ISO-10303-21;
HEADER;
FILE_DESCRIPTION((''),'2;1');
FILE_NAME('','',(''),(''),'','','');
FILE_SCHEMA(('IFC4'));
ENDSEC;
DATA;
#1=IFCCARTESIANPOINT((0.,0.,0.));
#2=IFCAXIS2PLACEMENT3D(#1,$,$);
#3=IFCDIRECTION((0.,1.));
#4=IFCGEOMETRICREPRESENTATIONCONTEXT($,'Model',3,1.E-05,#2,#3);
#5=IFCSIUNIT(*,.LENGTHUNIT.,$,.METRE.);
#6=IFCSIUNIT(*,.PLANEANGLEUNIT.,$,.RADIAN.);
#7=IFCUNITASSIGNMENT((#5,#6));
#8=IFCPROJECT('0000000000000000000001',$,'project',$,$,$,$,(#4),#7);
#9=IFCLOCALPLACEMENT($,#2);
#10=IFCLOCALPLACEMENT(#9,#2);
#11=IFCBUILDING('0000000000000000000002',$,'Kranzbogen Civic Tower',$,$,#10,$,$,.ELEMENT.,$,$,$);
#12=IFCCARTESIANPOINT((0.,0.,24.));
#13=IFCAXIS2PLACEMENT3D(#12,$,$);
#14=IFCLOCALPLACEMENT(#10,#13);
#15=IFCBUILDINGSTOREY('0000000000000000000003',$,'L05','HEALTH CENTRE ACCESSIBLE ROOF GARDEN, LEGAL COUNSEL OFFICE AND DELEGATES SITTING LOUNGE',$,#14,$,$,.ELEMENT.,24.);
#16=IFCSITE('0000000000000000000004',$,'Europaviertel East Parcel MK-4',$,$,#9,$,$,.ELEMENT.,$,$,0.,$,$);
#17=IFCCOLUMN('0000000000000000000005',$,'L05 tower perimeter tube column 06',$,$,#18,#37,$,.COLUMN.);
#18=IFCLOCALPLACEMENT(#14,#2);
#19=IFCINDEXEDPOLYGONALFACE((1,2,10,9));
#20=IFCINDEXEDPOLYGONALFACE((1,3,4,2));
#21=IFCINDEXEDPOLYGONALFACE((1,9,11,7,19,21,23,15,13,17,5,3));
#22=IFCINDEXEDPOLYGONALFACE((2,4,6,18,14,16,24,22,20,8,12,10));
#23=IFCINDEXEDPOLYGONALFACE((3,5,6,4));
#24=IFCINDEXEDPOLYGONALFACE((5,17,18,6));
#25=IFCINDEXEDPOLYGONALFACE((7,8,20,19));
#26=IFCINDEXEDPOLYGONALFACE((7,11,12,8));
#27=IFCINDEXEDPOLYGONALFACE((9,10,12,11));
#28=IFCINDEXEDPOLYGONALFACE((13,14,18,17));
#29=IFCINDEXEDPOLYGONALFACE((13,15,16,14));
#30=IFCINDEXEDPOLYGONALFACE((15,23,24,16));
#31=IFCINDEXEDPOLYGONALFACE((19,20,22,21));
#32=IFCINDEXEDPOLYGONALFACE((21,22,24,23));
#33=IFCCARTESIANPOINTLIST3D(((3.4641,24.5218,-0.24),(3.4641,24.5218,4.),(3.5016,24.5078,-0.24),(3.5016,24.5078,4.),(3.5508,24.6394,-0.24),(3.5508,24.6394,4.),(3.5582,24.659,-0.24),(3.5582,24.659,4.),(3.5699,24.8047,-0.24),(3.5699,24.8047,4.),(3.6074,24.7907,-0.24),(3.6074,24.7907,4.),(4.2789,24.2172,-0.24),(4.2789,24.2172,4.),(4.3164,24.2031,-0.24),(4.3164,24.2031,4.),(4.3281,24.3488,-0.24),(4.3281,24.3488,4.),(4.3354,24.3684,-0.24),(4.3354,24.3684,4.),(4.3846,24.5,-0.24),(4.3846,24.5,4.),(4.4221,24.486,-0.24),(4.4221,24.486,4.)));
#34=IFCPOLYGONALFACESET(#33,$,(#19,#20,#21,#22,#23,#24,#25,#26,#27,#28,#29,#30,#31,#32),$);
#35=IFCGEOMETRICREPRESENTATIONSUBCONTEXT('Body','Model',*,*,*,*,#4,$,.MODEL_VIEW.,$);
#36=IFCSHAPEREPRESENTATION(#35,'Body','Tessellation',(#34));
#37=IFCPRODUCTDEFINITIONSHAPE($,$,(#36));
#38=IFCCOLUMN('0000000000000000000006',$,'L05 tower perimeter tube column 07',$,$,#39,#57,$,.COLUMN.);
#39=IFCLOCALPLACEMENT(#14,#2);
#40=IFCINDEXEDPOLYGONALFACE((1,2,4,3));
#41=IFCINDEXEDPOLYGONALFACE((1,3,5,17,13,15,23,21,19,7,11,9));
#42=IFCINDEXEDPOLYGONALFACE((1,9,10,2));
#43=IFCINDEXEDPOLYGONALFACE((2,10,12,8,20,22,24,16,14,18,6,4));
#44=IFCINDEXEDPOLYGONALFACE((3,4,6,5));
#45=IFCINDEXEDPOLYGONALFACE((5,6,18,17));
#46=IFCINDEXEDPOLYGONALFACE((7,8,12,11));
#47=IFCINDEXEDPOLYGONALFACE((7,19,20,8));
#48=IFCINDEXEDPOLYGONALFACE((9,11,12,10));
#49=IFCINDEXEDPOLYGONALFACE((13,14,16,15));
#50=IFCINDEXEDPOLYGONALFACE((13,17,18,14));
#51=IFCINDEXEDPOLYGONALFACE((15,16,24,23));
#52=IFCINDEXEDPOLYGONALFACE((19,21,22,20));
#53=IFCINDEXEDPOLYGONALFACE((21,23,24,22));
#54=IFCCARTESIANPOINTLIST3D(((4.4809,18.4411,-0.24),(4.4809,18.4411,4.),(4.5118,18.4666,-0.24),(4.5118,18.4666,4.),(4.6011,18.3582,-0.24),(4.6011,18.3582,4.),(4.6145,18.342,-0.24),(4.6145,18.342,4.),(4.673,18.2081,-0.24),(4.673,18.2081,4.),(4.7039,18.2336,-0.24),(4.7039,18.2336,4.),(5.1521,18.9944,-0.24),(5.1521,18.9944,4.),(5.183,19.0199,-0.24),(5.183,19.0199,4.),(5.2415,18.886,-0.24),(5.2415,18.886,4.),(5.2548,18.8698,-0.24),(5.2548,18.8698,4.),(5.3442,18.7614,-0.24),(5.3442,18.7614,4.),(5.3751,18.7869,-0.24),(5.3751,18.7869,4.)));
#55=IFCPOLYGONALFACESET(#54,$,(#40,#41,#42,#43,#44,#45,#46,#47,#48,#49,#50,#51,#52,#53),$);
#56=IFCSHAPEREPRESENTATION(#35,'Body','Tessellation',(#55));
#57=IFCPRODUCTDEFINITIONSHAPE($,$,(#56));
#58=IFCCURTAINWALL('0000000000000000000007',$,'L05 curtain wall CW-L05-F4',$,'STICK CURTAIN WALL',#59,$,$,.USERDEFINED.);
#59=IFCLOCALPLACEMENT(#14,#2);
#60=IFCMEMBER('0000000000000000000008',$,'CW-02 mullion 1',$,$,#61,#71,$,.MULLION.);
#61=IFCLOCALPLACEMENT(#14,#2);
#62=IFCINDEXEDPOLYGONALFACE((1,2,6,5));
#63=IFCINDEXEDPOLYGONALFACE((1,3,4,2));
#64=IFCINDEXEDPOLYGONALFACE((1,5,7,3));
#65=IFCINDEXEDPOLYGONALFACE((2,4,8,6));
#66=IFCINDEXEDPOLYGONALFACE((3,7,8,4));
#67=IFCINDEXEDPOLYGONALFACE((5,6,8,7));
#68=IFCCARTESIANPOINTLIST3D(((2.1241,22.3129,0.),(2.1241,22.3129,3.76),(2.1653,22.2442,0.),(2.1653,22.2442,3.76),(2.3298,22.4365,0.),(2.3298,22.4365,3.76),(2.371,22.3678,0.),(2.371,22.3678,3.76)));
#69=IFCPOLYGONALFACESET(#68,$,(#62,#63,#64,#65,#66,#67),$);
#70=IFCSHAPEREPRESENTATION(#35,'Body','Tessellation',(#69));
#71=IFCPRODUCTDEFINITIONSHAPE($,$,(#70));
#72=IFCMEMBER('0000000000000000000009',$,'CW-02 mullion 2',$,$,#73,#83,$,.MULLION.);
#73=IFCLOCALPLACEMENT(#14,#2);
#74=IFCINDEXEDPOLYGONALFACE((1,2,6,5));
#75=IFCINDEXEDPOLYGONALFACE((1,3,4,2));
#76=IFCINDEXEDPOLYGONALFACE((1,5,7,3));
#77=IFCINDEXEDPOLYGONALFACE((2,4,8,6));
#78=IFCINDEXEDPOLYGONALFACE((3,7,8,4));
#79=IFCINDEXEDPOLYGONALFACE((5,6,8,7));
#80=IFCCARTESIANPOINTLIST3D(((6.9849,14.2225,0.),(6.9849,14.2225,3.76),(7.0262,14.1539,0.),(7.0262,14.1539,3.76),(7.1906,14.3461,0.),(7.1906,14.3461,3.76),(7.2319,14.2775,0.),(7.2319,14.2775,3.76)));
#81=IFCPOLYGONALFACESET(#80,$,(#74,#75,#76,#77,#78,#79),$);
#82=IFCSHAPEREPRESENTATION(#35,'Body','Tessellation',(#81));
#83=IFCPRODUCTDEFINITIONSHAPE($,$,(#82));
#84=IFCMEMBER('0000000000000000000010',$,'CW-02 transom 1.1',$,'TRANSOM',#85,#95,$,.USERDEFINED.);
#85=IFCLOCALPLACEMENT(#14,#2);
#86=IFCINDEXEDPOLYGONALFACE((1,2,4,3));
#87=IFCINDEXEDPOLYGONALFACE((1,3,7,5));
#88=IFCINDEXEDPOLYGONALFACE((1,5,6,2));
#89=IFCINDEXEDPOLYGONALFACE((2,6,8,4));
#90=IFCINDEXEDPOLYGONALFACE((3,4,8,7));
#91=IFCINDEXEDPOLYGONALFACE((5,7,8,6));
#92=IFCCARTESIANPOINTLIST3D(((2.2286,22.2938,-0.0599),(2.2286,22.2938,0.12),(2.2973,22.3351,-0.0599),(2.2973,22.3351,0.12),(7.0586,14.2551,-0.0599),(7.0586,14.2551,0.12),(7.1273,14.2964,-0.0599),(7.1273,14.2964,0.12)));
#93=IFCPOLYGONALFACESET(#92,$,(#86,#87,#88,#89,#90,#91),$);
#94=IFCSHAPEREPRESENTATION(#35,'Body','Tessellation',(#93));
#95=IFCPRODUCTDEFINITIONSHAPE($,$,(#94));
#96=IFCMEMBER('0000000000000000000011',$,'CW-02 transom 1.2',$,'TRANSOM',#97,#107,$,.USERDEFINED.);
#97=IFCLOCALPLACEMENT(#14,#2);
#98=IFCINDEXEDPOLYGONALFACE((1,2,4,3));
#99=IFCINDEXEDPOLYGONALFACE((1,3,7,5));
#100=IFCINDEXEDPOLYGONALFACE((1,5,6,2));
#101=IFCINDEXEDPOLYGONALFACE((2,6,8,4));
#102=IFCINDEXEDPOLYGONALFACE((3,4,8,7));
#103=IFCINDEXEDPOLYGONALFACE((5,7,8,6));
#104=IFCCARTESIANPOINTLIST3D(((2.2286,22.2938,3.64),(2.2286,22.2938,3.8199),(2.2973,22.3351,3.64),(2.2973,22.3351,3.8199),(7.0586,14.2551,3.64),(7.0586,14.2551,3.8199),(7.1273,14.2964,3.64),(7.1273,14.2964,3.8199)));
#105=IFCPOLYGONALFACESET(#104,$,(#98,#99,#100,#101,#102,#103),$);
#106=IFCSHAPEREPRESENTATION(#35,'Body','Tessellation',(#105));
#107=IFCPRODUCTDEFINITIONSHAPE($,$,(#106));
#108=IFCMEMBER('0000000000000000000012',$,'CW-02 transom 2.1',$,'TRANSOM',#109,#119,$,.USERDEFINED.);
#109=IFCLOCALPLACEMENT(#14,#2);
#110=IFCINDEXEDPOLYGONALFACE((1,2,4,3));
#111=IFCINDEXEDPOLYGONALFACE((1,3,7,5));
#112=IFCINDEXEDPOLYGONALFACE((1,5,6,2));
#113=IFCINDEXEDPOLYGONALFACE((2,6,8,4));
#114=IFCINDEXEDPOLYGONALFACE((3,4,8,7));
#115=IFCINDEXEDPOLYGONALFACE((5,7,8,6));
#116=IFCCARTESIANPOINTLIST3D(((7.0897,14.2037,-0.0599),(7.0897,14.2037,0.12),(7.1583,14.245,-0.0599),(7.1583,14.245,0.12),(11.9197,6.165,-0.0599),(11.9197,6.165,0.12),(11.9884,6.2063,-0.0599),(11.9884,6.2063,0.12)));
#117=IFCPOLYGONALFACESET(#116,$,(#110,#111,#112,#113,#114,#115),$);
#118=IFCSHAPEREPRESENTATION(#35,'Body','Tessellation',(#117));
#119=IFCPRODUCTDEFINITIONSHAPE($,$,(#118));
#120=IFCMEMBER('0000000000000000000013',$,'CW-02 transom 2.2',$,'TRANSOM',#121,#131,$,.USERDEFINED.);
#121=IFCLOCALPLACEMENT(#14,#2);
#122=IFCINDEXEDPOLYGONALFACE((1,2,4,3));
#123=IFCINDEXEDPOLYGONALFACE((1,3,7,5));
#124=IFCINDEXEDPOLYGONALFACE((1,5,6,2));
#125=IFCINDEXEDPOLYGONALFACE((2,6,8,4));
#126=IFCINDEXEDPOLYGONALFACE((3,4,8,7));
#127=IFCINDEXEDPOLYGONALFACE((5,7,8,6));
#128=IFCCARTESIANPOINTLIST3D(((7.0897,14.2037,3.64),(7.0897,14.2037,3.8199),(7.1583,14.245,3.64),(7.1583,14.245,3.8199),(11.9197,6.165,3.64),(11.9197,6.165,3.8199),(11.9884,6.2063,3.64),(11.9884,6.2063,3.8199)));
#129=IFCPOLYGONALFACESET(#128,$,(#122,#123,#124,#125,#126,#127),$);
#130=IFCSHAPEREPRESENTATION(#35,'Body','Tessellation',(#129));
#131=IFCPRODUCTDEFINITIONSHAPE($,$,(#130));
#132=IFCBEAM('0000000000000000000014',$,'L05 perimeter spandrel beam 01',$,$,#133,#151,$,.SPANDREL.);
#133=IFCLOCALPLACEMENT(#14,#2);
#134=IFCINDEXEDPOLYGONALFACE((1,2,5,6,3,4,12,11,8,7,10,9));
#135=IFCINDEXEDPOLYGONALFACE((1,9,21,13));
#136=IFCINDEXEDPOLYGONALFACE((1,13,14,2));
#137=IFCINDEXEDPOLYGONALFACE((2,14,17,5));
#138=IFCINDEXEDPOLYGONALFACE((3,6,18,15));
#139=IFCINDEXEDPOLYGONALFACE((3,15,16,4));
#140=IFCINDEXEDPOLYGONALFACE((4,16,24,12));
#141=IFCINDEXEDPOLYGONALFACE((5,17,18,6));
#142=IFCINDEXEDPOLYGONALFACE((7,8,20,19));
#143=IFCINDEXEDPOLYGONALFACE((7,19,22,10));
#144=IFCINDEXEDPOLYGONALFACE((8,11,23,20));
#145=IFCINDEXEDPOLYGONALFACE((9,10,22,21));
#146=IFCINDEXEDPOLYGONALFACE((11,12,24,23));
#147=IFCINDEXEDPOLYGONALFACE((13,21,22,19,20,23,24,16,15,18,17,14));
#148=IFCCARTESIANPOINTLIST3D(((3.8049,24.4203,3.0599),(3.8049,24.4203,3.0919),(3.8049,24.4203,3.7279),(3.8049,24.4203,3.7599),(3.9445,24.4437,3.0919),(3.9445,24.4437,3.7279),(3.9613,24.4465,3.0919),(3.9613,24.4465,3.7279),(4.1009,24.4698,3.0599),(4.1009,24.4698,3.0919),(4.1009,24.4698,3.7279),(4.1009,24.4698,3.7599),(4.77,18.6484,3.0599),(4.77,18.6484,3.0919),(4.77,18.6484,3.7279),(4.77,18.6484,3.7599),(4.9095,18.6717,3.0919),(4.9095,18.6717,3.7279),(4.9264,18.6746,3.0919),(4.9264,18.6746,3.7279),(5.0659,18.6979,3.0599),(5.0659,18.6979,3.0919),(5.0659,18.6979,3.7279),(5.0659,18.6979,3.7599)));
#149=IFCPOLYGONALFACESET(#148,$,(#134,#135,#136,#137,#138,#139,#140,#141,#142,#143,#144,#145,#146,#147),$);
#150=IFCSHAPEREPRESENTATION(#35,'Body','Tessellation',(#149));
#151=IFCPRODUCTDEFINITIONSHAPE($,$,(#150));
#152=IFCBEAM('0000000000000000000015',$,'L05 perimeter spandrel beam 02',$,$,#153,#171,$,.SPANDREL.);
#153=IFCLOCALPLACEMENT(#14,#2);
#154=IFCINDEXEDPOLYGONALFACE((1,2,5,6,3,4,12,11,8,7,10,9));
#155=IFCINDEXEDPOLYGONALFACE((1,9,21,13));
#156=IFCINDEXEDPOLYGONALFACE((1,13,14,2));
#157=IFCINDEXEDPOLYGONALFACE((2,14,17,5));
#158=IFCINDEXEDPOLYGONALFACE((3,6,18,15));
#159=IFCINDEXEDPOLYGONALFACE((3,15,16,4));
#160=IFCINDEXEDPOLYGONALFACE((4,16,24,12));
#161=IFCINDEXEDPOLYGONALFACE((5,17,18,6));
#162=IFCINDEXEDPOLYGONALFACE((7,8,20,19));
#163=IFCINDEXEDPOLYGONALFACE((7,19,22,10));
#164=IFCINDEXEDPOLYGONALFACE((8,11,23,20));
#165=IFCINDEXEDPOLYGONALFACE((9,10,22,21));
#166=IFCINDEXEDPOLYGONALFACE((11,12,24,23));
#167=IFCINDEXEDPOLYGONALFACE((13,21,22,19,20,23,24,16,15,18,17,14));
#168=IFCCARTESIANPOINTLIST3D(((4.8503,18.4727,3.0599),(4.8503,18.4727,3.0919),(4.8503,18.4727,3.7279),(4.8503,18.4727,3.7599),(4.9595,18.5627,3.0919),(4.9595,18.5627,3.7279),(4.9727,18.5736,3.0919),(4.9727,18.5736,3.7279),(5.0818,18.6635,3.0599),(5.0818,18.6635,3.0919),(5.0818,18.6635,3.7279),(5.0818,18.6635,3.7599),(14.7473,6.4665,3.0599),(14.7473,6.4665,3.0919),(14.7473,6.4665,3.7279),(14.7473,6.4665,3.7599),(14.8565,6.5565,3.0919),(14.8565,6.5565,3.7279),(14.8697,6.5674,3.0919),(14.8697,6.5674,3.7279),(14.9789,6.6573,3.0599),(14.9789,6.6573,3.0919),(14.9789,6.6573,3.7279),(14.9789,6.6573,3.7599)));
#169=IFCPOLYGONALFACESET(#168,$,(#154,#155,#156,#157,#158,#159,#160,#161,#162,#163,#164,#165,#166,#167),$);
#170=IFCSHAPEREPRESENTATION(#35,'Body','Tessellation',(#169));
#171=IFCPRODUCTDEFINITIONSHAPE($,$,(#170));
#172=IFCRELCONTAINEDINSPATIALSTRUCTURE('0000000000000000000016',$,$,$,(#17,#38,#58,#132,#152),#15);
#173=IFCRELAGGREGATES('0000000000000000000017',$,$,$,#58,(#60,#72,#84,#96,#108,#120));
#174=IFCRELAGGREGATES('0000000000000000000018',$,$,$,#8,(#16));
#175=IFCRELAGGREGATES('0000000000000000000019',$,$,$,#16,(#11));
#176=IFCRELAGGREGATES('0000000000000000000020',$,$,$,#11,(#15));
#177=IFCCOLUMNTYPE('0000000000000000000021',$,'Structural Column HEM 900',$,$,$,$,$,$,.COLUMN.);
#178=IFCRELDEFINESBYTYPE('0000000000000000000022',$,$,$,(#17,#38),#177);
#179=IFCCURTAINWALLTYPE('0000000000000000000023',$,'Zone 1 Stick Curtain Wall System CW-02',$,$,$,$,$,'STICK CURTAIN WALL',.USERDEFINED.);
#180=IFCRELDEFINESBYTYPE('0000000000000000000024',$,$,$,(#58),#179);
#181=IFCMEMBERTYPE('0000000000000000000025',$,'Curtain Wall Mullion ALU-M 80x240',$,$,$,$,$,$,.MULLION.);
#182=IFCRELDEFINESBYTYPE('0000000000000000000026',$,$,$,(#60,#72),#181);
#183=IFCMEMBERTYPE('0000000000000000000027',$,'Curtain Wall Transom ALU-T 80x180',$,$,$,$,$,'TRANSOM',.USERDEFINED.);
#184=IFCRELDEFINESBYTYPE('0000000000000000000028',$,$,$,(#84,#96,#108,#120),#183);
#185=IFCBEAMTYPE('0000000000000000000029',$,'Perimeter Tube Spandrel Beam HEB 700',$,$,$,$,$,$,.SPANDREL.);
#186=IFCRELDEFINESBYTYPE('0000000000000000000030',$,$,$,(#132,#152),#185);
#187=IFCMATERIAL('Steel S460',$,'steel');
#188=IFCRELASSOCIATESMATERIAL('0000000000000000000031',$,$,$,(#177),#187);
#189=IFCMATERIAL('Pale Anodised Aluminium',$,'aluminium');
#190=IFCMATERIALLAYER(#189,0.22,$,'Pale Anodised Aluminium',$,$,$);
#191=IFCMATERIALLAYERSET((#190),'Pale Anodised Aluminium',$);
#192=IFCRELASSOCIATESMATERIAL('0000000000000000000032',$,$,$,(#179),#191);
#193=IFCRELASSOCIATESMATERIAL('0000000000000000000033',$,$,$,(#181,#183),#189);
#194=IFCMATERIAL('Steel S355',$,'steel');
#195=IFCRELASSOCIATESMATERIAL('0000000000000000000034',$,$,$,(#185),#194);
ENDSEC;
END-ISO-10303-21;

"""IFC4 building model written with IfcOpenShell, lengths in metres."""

from ifc_helpers import new_model, si_unit, direction, frame, origin, origin_2d, place, context, subcontext, project, spatial, rectangle, i_section, extrude, material, layer, layer_set, material_profile, profile_set, type_object, element, aggregate, save


model = new_model("IFC4")

# Units and contexts
model_context = context("Model", 3, precision=1e-05, world=origin(), true_north=direction((0.0, 1.0)))
body_context = subcontext(model_context, "Body", "Model", "MODEL_VIEW")
ifc_project = project(units=[si_unit("LENGTHUNIT", "METRE"), si_unit("PLANEANGLEUNIT", "RADIAN")], contexts=[model_context])

# Site, building, storey
site_placement = place(None, origin())
site = spatial("IfcSite", under=ifc_project, at=site_placement, Name="Europaviertel East Parcel MK-4", CompositionType="ELEMENT", RefElevation=0.0)
building_placement = place(site_placement, origin())
building = spatial("IfcBuilding", under=site, at=building_placement, Name="Kranzbogen Civic Tower", CompositionType="ELEMENT")
storey_placement = place(building_placement, frame((0.0, 0.0, 24.0)))
storey = spatial("IfcBuildingStorey", under=building, at=storey_placement, Name="L05", Description="HEALTH CENTRE ACCESSIBLE ROOF GARDEN, LEGAL COUNSEL OFFICE AND DELEGATES SITTING LOUNGE", CompositionType="ELEMENT", Elevation=24.0)

# Columns
ifc_material_1 = material(Name="Steel S460", Category="steel")
ifc_material_profile_1 = material_profile(ifc_material_1, i_section(OverallWidth=0.302, OverallDepth=0.9099, WebThickness=0.021, FlangeThickness=0.04, at=origin_2d()), Name="HEM 900")
ifc_profile_set_1 = profile_set([ifc_material_profile_1], Name="Steel S460")
column_type = type_object("IfcColumnType", Name="Structural Column HEM 900", PredefinedType="COLUMN", material=ifc_profile_set_1)
for number, where, z_axis, x_axis, name in (
    (1, (3.9431, 24.5039, -0.24), (0.0, 0.0, 1.0), (0.350207, 0.936672, 0.0), "L05 tower perimeter tube column 06"),
    (2, (4.928, 18.614, -0.24), (0.0, 0.0, 1.0), (-0.636078, 0.771625, 0.0), "L05 tower perimeter tube column 07"),
):
    element("IfcColumn", number, at=place(storey_placement, frame(where, z_axis=z_axis, x_axis=x_axis)), inside=storey, type_object=column_type, Name=name, PredefinedType="COLUMN", context=body_context, shape_type="SweptSolid", body=[
        extrude(i_section(OverallWidth=0.302, OverallDepth=0.9099, WebThickness=0.021, FlangeThickness=0.04, at=origin_2d()), origin(), (0.0, 0.0, 1.0), 4.24),
    ])

# Curtain wall, members
ifc_material_2 = material(Name="Pale Anodised Aluminium", Category="aluminium")
ifc_layer_1 = layer(ifc_material_2, 0.22, Name="Pale Anodised Aluminium")
ifc_layer_set_1 = layer_set([ifc_layer_1], Name="Pale Anodised Aluminium")
curtain_wall_type = type_object("IfcCurtainWallType", Name="Zone 1 Stick Curtain Wall System CW-02", ElementType="STICK CURTAIN WALL", PredefinedType="USERDEFINED", material=ifc_layer_set_1)
curtain_wall_placement = place(storey_placement, origin())
curtain_wall = element("IfcCurtainWall", 3, at=curtain_wall_placement, inside=storey, type_object=curtain_wall_type, Name="L05 curtain wall CW-L05-F4", ObjectType="STICK CURTAIN WALL", PredefinedType="USERDEFINED")
ifc_material_profile_2 = material_profile(ifc_material_2, rectangle(XDim=0.0801, YDim=0.24, at=origin_2d()), Name="ALU-M 80x240")
ifc_profile_set_2 = profile_set([ifc_material_profile_2], Name="Pale Anodised Aluminium")
member_type_1 = type_object("IfcMemberType", Name="Curtain Wall Mullion ALU-M 80x240", PredefinedType="MULLION", material=ifc_profile_set_2)
member_1_placement = place(storey_placement, frame((2.2476, 22.3403, 0.0), z_axis=(0.0, 0.0, 1.0), x_axis=(0.515031, -0.857171, 0.0)))
member_1 = element("IfcMember", 4, at=member_1_placement, type_object=member_type_1, Name="CW-02 mullion 1", PredefinedType="MULLION", context=body_context, shape_type="SweptSolid", body=[
    extrude(rectangle(XDim=0.0801, YDim=0.24, at=origin_2d()), origin(), (0.0, 0.0, 1.0), 3.76),
])
member_2_placement = place(storey_placement, frame((7.1084, 14.25, 0.0), z_axis=(0.0, 0.0, 1.0), x_axis=(0.515031, -0.857171, 0.0)))
member_2 = element("IfcMember", 5, at=member_2_placement, type_object=member_type_1, Name="CW-02 mullion 2", PredefinedType="MULLION", context=body_context, shape_type="SweptSolid", body=[
    extrude(rectangle(XDim=0.0801, YDim=0.24, at=origin_2d()), origin(), (0.0, 0.0, 1.0), 3.76),
])
ifc_material_profile_3 = material_profile(ifc_material_2, rectangle(XDim=0.0801, YDim=0.1799, at=origin_2d()), Name="ALU-T 80x180")
ifc_profile_set_3 = profile_set([ifc_material_profile_3], Name="Pale Anodised Aluminium")
member_type_2 = type_object("IfcMemberType", Name="Curtain Wall Transom ALU-T 80x180", ElementType="TRANSOM", PredefinedType="USERDEFINED", material=ifc_profile_set_3)
member_3_placement = place(storey_placement, frame((2.2629, 22.3145, 0.03), z_axis=(0.515028, -0.857173, 0.0), x_axis=(0.857173, 0.515028, 0.0)))
member_3 = element("IfcMember", 6, at=member_3_placement, type_object=member_type_2, Name="CW-02 transom 1.1", ObjectType="TRANSOM", PredefinedType="USERDEFINED", context=body_context, shape_type="SweptSolid", body=[
    extrude(rectangle(XDim=0.0801, YDim=0.1799, at=origin_2d()), origin(), (0.0, 0.0, 1.0), 9.3782),
])
member_4_placement = place(storey_placement, frame((2.2629, 22.3145, 3.73), z_axis=(0.515028, -0.857173, 0.0), x_axis=(0.857173, 0.515028, 0.0)))
member_4 = element("IfcMember", 7, at=member_4_placement, type_object=member_type_2, Name="CW-02 transom 1.2", ObjectType="TRANSOM", PredefinedType="USERDEFINED", context=body_context, shape_type="SweptSolid", body=[
    extrude(rectangle(XDim=0.0801, YDim=0.1799, at=origin_2d()), origin(), (0.0, 0.0, 1.0), 9.3782),
])
member_5_placement = place(storey_placement, frame((7.124, 14.2244, 0.03), z_axis=(0.515028, -0.857173, 0.0), x_axis=(0.857173, 0.515028, 0.0)))
member_5 = element("IfcMember", 8, at=member_5_placement, type_object=member_type_2, Name="CW-02 transom 2.1", ObjectType="TRANSOM", PredefinedType="USERDEFINED", context=body_context, shape_type="SweptSolid", body=[
    extrude(rectangle(XDim=0.0801, YDim=0.1799, at=origin_2d()), origin(), (0.0, 0.0, 1.0), 9.3782),
])
member_6_placement = place(storey_placement, frame((7.124, 14.2244, 3.73), z_axis=(0.515028, -0.857173, 0.0), x_axis=(0.857173, 0.515028, 0.0)))
member_6 = element("IfcMember", 9, at=member_6_placement, type_object=member_type_2, Name="CW-02 transom 2.2", ObjectType="TRANSOM", PredefinedType="USERDEFINED", context=body_context, shape_type="SweptSolid", body=[
    extrude(rectangle(XDim=0.0801, YDim=0.1799, at=origin_2d()), origin(), (0.0, 0.0, 1.0), 9.3782),
])

# Beams
ifc_material_3 = material(Name="Steel S355", Category="steel")
ifc_material_profile_4 = material_profile(ifc_material_3, i_section(OverallWidth=0.3, OverallDepth=0.7, WebThickness=0.0171, FlangeThickness=0.032, at=origin_2d()), Name="HEB 700")
ifc_profile_set_4 = profile_set([ifc_material_profile_4], Name="Steel S355")
beam_type_1 = type_object("IfcBeamType", Name="Perimeter Tube Spandrel Beam HEB 700", PredefinedType="SPANDREL", material=ifc_profile_set_4)
beam_1_placement = place(storey_placement, frame((3.9529, 24.4451, 3.4099), z_axis=(0.164913, -0.986308, 0.0), x_axis=(0.986308, 0.164913, 0.0)))
element("IfcBeam", 10, at=beam_1_placement, inside=storey, type_object=beam_type_1, Name="L05 perimeter spandrel beam 01", PredefinedType="SPANDREL", context=body_context, shape_type="SweptSolid", body=[
    extrude(i_section(OverallWidth=0.3, OverallDepth=0.7, WebThickness=0.0171, FlangeThickness=0.032, at=origin_2d()), origin(), (0.0, 0.0, 1.0), 5.8521),
])
beam_2_placement = place(storey_placement, frame((4.9661, 18.5681, 3.4099), z_axis=(0.636075, -0.771628, 0.0), x_axis=(0.771628, 0.636075, 0.0)))
element("IfcBeam", 11, at=beam_2_placement, inside=storey, type_object=beam_type_1, Name="L05 perimeter spandrel beam 02", PredefinedType="SPANDREL", context=body_context, shape_type="SweptSolid", body=[
    extrude(i_section(OverallWidth=0.3, OverallDepth=0.7, WebThickness=0.0171, FlangeThickness=0.032, at=origin_2d()), origin(), (0.0, 0.0, 1.0), 15.5596),
])

aggregate(curtain_wall, [member_1, member_2, member_3, member_4, member_5, member_6])

save(model, "model.ifc")
